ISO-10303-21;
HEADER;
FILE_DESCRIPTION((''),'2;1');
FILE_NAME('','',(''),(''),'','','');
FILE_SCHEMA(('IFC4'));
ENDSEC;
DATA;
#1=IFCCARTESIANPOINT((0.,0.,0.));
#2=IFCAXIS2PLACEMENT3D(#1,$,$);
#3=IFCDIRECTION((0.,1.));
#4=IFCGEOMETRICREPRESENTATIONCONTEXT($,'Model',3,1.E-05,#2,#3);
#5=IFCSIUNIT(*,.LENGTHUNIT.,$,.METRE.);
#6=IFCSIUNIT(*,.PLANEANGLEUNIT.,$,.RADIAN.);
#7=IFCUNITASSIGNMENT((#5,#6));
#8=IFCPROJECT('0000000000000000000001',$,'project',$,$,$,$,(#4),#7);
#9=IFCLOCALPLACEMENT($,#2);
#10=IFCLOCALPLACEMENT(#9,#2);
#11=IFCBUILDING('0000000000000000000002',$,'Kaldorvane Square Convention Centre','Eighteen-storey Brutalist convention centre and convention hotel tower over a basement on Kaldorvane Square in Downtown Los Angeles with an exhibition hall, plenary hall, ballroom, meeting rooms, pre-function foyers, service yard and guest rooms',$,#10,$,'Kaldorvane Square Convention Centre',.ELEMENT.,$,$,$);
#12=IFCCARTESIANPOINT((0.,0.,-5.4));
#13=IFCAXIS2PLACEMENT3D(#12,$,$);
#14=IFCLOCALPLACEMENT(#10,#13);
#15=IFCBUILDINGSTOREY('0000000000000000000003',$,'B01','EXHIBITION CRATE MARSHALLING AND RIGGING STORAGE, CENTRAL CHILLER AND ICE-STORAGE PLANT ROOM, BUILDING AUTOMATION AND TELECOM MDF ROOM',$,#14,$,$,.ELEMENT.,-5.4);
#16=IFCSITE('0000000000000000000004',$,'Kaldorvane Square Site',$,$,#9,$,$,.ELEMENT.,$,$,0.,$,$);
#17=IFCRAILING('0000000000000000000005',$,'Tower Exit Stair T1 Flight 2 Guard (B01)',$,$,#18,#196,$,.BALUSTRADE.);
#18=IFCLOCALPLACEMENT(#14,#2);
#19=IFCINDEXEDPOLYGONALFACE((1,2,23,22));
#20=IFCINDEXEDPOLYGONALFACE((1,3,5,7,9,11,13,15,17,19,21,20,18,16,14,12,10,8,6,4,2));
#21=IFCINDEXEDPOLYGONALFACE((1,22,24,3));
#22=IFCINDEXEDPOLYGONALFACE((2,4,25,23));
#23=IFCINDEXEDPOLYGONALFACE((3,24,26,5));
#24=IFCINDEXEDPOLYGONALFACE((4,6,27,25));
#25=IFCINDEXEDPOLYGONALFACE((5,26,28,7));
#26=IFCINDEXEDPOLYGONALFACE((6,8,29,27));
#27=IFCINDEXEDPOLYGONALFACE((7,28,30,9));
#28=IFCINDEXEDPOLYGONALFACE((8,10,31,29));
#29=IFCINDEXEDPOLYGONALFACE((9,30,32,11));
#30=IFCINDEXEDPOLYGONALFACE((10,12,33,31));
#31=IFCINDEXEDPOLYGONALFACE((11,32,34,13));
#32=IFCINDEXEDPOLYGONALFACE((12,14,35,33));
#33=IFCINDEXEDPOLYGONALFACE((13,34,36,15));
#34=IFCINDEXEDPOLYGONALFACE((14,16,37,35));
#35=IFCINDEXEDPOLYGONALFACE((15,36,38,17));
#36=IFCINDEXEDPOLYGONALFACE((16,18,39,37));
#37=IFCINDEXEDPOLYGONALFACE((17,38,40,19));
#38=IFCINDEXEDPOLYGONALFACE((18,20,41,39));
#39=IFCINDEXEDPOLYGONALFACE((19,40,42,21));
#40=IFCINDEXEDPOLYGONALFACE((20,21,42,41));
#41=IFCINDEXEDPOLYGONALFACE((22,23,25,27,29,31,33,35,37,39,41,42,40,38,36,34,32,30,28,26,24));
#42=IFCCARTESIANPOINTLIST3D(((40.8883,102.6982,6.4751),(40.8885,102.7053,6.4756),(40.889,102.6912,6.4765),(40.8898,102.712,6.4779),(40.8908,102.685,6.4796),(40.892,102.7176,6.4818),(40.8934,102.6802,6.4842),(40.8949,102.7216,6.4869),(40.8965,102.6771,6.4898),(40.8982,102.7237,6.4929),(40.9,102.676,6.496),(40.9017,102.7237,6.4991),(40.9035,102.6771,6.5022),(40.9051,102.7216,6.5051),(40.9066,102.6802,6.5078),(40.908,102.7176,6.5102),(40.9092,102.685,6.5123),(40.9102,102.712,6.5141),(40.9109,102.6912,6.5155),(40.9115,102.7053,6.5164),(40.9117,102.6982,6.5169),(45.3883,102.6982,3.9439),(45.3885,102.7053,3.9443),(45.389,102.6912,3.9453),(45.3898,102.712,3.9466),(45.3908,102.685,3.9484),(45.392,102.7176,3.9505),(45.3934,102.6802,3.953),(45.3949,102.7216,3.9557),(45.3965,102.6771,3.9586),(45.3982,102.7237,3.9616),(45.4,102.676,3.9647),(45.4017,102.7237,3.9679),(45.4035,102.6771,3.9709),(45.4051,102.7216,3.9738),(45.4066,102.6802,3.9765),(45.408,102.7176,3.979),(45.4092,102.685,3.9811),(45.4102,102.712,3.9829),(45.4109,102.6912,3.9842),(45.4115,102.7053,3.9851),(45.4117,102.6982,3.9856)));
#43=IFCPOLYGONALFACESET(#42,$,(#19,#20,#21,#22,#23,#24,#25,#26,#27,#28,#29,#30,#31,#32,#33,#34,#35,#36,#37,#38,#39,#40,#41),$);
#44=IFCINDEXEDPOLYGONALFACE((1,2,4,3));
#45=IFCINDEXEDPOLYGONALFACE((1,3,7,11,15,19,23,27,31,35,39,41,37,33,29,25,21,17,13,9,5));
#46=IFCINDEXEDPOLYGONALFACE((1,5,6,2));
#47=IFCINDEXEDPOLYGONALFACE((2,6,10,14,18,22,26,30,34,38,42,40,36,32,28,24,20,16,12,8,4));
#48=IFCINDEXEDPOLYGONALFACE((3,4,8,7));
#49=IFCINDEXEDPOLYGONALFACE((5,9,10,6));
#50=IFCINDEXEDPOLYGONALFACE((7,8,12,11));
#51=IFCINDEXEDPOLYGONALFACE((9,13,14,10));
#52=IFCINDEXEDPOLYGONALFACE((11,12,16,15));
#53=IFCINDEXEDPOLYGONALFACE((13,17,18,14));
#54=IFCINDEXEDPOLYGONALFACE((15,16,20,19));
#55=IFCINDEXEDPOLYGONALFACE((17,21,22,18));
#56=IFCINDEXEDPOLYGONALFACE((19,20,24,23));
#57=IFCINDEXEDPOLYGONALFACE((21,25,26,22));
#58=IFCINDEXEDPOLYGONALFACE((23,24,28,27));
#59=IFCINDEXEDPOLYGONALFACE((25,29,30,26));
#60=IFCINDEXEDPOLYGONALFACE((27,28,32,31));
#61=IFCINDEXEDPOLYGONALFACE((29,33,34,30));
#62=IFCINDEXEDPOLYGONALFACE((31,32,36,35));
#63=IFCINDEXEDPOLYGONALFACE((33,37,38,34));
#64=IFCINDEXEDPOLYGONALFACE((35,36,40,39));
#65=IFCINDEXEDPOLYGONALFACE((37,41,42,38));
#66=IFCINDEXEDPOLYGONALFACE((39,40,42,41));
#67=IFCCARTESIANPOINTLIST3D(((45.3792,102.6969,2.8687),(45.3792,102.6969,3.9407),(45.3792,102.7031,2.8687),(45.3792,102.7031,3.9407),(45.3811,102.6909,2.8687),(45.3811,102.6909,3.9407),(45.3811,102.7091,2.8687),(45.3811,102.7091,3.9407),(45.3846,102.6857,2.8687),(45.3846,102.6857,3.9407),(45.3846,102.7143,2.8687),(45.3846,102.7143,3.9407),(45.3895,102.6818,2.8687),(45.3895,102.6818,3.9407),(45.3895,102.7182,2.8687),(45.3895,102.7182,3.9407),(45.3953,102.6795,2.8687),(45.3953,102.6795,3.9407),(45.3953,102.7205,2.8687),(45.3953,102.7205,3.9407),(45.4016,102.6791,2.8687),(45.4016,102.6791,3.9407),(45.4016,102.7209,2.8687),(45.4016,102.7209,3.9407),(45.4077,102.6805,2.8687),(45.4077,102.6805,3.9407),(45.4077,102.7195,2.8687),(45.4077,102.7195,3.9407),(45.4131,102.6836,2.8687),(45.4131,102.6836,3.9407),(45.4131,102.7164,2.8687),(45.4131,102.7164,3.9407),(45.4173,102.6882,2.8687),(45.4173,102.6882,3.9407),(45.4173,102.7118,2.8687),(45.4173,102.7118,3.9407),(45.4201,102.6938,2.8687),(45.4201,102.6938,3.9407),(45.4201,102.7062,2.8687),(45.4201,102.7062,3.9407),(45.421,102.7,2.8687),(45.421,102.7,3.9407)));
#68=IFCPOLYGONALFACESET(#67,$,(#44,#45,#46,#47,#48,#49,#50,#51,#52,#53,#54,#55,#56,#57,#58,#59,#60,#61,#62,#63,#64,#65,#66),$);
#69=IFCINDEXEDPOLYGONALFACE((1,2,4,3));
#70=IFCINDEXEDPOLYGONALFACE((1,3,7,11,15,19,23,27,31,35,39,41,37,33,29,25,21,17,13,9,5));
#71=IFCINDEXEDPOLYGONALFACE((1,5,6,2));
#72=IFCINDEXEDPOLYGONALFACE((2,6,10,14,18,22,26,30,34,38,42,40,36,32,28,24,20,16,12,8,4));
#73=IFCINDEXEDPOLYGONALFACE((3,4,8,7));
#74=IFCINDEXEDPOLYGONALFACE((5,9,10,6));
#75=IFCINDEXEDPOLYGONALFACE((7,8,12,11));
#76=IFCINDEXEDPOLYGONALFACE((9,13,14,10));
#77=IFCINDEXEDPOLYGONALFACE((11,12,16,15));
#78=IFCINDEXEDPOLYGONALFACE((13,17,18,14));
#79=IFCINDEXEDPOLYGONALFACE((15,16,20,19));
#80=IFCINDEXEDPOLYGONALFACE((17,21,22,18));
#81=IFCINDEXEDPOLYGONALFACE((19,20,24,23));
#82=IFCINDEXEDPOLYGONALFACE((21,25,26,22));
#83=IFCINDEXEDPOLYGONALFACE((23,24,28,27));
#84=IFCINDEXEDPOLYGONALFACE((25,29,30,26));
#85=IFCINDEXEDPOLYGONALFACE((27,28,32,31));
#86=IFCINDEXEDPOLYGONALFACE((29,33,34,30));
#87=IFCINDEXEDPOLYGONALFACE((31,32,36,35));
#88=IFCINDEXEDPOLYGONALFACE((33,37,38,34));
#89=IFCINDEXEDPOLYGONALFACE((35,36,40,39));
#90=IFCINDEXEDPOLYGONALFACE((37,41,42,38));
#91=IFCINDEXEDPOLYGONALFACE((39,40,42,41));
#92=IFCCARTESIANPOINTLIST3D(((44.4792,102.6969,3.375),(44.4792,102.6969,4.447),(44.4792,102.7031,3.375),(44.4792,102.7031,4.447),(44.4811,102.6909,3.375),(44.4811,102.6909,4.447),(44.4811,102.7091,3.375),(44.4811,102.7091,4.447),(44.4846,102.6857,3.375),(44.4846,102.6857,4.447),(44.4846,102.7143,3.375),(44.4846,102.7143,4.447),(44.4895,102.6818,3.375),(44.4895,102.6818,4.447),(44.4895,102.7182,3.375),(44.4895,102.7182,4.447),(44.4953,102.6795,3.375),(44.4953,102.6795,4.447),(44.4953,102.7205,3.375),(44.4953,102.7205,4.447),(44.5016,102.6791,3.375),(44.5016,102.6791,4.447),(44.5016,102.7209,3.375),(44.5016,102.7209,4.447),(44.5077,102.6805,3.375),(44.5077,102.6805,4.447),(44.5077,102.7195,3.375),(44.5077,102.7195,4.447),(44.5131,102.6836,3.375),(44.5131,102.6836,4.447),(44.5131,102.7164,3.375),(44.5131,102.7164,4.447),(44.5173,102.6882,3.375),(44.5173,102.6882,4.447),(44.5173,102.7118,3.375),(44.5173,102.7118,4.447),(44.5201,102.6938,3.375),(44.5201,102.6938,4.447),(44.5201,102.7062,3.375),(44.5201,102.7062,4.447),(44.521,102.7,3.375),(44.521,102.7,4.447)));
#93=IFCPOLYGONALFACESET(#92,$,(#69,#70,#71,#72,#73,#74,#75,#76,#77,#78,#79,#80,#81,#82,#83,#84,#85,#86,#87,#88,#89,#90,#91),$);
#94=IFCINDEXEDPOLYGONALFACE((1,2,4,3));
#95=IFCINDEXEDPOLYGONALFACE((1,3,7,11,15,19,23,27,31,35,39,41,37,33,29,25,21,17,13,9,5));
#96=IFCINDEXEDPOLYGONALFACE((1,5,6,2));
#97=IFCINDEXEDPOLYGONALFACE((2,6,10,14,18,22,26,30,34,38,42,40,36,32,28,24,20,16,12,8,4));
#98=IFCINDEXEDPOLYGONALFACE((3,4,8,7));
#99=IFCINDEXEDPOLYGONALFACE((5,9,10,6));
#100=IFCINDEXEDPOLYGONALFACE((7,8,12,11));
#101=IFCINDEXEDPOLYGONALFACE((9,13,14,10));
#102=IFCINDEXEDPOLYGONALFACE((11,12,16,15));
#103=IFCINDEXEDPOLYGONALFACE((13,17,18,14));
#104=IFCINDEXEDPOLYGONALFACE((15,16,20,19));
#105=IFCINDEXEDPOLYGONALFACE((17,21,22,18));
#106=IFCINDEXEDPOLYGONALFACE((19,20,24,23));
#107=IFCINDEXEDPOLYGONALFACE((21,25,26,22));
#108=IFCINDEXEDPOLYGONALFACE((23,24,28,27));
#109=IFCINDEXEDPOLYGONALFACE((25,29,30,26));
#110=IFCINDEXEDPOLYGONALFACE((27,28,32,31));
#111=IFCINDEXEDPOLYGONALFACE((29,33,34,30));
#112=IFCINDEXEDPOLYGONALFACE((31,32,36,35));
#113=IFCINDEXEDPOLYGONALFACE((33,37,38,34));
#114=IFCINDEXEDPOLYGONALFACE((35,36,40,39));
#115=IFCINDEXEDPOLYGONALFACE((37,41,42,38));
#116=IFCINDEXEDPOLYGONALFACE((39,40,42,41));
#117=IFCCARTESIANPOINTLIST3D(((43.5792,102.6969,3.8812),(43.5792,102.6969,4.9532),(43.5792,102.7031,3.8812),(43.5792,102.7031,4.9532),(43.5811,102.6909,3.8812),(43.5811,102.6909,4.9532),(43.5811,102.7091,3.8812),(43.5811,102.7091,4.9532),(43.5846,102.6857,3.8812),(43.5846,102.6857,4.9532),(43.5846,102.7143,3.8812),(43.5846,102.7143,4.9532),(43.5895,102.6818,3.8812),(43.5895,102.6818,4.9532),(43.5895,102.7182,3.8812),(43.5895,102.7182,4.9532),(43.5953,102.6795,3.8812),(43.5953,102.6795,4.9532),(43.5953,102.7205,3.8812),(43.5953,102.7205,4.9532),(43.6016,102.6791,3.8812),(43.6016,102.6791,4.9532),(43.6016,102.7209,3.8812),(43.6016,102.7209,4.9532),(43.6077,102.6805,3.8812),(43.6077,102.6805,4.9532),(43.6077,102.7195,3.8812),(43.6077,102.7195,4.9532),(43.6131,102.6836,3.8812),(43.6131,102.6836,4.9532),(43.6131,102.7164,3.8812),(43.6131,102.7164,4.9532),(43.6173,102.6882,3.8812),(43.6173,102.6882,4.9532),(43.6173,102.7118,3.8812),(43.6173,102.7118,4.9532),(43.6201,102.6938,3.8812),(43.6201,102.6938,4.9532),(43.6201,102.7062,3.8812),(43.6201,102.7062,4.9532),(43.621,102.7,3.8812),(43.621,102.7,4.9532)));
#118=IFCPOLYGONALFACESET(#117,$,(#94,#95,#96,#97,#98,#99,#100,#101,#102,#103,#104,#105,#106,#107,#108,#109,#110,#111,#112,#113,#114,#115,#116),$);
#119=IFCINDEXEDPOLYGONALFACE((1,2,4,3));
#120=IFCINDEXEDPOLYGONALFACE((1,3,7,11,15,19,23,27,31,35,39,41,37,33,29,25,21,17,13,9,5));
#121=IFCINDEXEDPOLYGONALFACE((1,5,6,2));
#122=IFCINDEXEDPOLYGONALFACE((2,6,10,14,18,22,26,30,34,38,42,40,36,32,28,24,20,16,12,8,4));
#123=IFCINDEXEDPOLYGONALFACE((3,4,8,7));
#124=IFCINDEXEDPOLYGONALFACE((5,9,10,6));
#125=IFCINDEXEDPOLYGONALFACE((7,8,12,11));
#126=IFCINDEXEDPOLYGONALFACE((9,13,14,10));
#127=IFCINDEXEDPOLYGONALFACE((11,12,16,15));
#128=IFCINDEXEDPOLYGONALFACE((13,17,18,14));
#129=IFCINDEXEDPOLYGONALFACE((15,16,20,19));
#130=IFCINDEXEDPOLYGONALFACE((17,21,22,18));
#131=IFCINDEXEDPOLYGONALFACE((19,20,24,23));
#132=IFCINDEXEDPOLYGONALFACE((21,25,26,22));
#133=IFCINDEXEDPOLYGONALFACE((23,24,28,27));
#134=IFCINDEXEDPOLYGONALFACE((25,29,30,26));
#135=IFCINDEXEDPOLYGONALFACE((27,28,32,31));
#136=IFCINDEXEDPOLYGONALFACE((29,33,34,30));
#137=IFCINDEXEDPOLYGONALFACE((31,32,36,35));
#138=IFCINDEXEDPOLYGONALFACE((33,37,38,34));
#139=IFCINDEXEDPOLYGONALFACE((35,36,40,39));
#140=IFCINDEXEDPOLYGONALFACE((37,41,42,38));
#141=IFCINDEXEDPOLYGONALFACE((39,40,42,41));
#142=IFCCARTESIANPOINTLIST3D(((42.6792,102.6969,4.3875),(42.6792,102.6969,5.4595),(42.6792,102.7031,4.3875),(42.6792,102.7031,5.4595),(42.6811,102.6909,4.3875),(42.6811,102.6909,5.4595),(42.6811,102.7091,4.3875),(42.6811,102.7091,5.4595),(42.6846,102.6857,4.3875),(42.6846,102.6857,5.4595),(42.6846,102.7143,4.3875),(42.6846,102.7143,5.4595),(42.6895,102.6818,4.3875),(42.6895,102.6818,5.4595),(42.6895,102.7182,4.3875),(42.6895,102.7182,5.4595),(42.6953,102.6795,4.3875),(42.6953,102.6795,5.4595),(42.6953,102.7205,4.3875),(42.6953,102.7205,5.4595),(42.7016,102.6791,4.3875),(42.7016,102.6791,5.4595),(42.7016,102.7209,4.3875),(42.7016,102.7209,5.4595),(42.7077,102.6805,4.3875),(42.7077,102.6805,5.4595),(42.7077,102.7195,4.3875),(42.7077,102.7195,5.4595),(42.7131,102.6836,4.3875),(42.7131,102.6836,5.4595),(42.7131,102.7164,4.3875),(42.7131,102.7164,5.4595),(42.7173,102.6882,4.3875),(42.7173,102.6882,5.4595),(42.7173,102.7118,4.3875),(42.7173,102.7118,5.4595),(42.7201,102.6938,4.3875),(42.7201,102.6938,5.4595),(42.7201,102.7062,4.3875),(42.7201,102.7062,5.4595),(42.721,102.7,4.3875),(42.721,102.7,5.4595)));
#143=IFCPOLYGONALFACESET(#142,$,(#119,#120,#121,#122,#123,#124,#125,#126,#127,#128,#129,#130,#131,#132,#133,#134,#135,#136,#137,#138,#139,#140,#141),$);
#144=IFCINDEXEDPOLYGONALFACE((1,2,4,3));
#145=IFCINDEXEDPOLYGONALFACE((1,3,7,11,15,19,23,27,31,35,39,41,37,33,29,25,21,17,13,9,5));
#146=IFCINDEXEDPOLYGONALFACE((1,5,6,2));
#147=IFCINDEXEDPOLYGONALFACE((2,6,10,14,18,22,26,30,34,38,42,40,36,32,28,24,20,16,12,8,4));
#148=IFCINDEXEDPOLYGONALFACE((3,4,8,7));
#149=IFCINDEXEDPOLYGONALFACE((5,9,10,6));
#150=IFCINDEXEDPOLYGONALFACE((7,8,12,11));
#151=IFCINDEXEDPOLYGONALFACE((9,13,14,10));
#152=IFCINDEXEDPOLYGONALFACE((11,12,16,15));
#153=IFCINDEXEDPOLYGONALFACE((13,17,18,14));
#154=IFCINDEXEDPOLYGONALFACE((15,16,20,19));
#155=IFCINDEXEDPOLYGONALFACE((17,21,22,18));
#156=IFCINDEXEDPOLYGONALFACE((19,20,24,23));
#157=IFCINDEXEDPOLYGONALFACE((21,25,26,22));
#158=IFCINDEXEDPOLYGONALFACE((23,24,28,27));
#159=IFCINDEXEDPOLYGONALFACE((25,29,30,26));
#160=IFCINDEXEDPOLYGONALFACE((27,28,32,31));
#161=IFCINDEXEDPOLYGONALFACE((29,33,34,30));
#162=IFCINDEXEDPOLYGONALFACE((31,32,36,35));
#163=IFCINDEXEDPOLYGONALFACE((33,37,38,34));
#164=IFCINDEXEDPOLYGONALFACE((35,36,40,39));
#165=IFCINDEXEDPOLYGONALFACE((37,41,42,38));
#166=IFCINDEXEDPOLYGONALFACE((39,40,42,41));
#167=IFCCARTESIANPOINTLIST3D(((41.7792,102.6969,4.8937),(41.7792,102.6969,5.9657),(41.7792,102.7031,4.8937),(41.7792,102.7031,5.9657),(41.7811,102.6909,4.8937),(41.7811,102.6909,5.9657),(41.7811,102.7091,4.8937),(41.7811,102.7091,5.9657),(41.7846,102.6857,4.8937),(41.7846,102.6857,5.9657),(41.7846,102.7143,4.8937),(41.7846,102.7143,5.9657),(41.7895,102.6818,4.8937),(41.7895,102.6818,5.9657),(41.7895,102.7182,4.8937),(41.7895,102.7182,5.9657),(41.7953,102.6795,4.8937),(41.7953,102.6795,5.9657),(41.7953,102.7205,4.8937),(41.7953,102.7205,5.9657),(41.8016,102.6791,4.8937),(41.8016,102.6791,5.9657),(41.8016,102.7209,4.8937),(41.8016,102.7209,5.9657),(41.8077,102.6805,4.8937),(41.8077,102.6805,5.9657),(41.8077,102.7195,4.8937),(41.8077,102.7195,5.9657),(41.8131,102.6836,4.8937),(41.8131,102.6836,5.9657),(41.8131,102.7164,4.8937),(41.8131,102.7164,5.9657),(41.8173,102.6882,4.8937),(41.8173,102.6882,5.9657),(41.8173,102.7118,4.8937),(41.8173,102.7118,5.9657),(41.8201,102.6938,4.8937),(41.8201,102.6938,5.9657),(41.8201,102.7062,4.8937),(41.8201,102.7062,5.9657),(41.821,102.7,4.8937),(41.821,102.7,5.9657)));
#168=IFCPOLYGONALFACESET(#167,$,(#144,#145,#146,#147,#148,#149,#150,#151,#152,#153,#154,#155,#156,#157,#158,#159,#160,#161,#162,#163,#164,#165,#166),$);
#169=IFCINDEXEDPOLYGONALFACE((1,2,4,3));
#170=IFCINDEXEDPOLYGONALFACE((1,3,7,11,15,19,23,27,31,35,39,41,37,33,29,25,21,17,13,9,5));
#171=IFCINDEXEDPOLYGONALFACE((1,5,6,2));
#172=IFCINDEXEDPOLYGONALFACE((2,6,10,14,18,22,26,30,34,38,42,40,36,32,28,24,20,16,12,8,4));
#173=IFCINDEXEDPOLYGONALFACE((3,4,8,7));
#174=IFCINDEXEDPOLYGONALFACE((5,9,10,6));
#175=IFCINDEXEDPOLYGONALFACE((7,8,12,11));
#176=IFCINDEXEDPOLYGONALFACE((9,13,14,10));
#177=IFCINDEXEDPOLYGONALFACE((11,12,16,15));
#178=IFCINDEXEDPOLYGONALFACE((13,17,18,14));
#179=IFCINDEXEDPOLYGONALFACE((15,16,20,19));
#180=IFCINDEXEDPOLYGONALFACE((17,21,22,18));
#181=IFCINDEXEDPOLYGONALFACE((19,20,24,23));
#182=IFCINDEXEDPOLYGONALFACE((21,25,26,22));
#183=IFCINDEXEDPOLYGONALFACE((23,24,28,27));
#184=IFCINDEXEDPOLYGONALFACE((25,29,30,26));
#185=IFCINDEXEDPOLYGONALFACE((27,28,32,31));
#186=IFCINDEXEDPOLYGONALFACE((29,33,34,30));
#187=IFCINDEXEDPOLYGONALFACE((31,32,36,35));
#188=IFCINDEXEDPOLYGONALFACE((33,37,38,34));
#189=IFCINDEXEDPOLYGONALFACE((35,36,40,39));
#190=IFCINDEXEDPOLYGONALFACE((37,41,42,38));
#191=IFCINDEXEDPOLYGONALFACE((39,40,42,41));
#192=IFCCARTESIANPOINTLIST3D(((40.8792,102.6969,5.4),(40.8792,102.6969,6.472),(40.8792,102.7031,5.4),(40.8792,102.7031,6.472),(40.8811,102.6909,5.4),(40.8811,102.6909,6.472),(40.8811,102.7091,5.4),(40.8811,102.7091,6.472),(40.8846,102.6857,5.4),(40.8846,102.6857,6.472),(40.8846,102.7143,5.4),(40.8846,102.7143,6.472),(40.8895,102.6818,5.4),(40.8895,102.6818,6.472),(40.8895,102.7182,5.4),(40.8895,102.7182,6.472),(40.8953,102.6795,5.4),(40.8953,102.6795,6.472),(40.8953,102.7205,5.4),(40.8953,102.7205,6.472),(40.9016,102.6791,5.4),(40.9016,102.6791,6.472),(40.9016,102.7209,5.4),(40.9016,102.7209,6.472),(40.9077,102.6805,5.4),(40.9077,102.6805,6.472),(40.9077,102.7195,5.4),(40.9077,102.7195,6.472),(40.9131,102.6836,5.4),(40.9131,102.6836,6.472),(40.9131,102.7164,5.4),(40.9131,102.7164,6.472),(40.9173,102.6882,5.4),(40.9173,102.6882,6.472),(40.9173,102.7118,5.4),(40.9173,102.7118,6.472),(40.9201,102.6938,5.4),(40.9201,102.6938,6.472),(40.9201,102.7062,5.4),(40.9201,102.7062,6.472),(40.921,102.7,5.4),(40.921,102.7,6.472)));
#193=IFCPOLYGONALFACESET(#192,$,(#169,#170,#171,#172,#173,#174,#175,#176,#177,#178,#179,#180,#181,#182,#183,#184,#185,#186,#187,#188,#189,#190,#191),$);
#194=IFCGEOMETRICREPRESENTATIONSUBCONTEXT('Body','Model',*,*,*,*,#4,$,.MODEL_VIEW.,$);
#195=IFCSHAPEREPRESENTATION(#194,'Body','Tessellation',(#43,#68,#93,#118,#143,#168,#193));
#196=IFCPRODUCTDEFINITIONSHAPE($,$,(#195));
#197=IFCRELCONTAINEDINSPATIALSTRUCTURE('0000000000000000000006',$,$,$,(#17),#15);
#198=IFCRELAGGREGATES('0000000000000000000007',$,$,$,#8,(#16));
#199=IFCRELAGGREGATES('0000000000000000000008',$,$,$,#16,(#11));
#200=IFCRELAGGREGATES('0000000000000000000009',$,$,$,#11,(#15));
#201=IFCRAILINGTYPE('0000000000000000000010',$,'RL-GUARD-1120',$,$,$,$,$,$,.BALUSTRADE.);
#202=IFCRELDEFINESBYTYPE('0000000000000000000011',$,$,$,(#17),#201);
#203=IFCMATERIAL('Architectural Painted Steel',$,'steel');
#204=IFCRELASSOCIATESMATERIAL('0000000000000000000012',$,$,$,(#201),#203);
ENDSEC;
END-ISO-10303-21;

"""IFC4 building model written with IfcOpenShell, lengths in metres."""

from ifc_helpers import new_model, si_unit, direction, frame, origin, origin_2d, place, context, subcontext, project, spatial, circle, extrude, material, type_object, element, save


model = new_model("IFC4")

# Units and contexts
model_context = context("Model", 3, precision=1e-05, world=origin(), true_north=direction((0.0, 1.0)))
body_context = subcontext(model_context, "Body", "Model", "MODEL_VIEW")
ifc_project = project(units=[si_unit("LENGTHUNIT", "METRE"), si_unit("PLANEANGLEUNIT", "RADIAN")], contexts=[model_context])

# Site, building, storey
site_placement = place(None, origin())
site = spatial("IfcSite", under=ifc_project, at=site_placement, Name="Kaldorvane Square Site", CompositionType="ELEMENT", RefElevation=0.0)
building_placement = place(site_placement, origin())
building = spatial("IfcBuilding", under=site, at=building_placement, Name="Kaldorvane Square Convention Centre", Description="Eighteen-storey Brutalist convention centre and convention hotel tower over a basement on Kaldorvane Square in Downtown Los Angeles with an exhibition hall, plenary hall, ballroom, meeting rooms, pre-function foyers, service yard and guest rooms", LongName="Kaldorvane Square Convention Centre", CompositionType="ELEMENT")
storey_placement = place(building_placement, frame((0.0, 0.0, -5.4)))
storey = spatial("IfcBuildingStorey", under=building, at=storey_placement, Name="B01", Description="EXHIBITION CRATE MARSHALLING AND RIGGING STORAGE, CENTRAL CHILLER AND ICE-STORAGE PLANT ROOM, BUILDING AUTOMATION AND TELECOM MDF ROOM", CompositionType="ELEMENT", Elevation=-5.4)

# Railing
ifc_material_1 = material(Name="Architectural Painted Steel", Category="steel")
railing_type_1 = type_object("IfcRailingType", Name="RL-GUARD-1120", PredefinedType="BALUSTRADE", material=ifc_material_1)
railing_1_placement = place(storey_placement, frame((45.4, 102.7, 2.8687)))
element("IfcRailing", 1, at=railing_1_placement, inside=storey, type_object=railing_type_1, Name="Tower Exit Stair T1 Flight 2 Guard (B01)", PredefinedType="BALUSTRADE", context=body_context, shape_type="SweptSolid", body=[
    extrude(circle(Radius=0.024, at=origin_2d()), frame((0.0, 0.0, 1.096), z_axis=(-0.871576, 0.0, 0.490261), x_axis=(0.0, -1.0, 0.0)), (0.0, 0.0, 1.0), 5.1631),
    extrude(circle(Radius=0.021, at=origin_2d()), origin(), (0.0, 0.0, 1.0), 1.072),
    extrude(circle(Radius=0.021, at=origin_2d()), frame((-0.9, 0.0, 0.5063)), (0.0, 0.0, 1.0), 1.072),
    extrude(circle(Radius=0.021, at=origin_2d()), frame((-1.8, 0.0, 1.0125)), (0.0, 0.0, 1.0), 1.072),
    extrude(circle(Radius=0.021, at=origin_2d()), frame((-2.7, 0.0, 1.5188)), (0.0, 0.0, 1.0), 1.072),
    extrude(circle(Radius=0.021, at=origin_2d()), frame((-3.6, 0.0, 2.025)), (0.0, 0.0, 1.0), 1.072),
    extrude(circle(Radius=0.021, at=origin_2d()), frame((-4.5, 0.0, 2.5312)), (0.0, 0.0, 1.0), 1.072),
])

save(model, "model.ifc")
